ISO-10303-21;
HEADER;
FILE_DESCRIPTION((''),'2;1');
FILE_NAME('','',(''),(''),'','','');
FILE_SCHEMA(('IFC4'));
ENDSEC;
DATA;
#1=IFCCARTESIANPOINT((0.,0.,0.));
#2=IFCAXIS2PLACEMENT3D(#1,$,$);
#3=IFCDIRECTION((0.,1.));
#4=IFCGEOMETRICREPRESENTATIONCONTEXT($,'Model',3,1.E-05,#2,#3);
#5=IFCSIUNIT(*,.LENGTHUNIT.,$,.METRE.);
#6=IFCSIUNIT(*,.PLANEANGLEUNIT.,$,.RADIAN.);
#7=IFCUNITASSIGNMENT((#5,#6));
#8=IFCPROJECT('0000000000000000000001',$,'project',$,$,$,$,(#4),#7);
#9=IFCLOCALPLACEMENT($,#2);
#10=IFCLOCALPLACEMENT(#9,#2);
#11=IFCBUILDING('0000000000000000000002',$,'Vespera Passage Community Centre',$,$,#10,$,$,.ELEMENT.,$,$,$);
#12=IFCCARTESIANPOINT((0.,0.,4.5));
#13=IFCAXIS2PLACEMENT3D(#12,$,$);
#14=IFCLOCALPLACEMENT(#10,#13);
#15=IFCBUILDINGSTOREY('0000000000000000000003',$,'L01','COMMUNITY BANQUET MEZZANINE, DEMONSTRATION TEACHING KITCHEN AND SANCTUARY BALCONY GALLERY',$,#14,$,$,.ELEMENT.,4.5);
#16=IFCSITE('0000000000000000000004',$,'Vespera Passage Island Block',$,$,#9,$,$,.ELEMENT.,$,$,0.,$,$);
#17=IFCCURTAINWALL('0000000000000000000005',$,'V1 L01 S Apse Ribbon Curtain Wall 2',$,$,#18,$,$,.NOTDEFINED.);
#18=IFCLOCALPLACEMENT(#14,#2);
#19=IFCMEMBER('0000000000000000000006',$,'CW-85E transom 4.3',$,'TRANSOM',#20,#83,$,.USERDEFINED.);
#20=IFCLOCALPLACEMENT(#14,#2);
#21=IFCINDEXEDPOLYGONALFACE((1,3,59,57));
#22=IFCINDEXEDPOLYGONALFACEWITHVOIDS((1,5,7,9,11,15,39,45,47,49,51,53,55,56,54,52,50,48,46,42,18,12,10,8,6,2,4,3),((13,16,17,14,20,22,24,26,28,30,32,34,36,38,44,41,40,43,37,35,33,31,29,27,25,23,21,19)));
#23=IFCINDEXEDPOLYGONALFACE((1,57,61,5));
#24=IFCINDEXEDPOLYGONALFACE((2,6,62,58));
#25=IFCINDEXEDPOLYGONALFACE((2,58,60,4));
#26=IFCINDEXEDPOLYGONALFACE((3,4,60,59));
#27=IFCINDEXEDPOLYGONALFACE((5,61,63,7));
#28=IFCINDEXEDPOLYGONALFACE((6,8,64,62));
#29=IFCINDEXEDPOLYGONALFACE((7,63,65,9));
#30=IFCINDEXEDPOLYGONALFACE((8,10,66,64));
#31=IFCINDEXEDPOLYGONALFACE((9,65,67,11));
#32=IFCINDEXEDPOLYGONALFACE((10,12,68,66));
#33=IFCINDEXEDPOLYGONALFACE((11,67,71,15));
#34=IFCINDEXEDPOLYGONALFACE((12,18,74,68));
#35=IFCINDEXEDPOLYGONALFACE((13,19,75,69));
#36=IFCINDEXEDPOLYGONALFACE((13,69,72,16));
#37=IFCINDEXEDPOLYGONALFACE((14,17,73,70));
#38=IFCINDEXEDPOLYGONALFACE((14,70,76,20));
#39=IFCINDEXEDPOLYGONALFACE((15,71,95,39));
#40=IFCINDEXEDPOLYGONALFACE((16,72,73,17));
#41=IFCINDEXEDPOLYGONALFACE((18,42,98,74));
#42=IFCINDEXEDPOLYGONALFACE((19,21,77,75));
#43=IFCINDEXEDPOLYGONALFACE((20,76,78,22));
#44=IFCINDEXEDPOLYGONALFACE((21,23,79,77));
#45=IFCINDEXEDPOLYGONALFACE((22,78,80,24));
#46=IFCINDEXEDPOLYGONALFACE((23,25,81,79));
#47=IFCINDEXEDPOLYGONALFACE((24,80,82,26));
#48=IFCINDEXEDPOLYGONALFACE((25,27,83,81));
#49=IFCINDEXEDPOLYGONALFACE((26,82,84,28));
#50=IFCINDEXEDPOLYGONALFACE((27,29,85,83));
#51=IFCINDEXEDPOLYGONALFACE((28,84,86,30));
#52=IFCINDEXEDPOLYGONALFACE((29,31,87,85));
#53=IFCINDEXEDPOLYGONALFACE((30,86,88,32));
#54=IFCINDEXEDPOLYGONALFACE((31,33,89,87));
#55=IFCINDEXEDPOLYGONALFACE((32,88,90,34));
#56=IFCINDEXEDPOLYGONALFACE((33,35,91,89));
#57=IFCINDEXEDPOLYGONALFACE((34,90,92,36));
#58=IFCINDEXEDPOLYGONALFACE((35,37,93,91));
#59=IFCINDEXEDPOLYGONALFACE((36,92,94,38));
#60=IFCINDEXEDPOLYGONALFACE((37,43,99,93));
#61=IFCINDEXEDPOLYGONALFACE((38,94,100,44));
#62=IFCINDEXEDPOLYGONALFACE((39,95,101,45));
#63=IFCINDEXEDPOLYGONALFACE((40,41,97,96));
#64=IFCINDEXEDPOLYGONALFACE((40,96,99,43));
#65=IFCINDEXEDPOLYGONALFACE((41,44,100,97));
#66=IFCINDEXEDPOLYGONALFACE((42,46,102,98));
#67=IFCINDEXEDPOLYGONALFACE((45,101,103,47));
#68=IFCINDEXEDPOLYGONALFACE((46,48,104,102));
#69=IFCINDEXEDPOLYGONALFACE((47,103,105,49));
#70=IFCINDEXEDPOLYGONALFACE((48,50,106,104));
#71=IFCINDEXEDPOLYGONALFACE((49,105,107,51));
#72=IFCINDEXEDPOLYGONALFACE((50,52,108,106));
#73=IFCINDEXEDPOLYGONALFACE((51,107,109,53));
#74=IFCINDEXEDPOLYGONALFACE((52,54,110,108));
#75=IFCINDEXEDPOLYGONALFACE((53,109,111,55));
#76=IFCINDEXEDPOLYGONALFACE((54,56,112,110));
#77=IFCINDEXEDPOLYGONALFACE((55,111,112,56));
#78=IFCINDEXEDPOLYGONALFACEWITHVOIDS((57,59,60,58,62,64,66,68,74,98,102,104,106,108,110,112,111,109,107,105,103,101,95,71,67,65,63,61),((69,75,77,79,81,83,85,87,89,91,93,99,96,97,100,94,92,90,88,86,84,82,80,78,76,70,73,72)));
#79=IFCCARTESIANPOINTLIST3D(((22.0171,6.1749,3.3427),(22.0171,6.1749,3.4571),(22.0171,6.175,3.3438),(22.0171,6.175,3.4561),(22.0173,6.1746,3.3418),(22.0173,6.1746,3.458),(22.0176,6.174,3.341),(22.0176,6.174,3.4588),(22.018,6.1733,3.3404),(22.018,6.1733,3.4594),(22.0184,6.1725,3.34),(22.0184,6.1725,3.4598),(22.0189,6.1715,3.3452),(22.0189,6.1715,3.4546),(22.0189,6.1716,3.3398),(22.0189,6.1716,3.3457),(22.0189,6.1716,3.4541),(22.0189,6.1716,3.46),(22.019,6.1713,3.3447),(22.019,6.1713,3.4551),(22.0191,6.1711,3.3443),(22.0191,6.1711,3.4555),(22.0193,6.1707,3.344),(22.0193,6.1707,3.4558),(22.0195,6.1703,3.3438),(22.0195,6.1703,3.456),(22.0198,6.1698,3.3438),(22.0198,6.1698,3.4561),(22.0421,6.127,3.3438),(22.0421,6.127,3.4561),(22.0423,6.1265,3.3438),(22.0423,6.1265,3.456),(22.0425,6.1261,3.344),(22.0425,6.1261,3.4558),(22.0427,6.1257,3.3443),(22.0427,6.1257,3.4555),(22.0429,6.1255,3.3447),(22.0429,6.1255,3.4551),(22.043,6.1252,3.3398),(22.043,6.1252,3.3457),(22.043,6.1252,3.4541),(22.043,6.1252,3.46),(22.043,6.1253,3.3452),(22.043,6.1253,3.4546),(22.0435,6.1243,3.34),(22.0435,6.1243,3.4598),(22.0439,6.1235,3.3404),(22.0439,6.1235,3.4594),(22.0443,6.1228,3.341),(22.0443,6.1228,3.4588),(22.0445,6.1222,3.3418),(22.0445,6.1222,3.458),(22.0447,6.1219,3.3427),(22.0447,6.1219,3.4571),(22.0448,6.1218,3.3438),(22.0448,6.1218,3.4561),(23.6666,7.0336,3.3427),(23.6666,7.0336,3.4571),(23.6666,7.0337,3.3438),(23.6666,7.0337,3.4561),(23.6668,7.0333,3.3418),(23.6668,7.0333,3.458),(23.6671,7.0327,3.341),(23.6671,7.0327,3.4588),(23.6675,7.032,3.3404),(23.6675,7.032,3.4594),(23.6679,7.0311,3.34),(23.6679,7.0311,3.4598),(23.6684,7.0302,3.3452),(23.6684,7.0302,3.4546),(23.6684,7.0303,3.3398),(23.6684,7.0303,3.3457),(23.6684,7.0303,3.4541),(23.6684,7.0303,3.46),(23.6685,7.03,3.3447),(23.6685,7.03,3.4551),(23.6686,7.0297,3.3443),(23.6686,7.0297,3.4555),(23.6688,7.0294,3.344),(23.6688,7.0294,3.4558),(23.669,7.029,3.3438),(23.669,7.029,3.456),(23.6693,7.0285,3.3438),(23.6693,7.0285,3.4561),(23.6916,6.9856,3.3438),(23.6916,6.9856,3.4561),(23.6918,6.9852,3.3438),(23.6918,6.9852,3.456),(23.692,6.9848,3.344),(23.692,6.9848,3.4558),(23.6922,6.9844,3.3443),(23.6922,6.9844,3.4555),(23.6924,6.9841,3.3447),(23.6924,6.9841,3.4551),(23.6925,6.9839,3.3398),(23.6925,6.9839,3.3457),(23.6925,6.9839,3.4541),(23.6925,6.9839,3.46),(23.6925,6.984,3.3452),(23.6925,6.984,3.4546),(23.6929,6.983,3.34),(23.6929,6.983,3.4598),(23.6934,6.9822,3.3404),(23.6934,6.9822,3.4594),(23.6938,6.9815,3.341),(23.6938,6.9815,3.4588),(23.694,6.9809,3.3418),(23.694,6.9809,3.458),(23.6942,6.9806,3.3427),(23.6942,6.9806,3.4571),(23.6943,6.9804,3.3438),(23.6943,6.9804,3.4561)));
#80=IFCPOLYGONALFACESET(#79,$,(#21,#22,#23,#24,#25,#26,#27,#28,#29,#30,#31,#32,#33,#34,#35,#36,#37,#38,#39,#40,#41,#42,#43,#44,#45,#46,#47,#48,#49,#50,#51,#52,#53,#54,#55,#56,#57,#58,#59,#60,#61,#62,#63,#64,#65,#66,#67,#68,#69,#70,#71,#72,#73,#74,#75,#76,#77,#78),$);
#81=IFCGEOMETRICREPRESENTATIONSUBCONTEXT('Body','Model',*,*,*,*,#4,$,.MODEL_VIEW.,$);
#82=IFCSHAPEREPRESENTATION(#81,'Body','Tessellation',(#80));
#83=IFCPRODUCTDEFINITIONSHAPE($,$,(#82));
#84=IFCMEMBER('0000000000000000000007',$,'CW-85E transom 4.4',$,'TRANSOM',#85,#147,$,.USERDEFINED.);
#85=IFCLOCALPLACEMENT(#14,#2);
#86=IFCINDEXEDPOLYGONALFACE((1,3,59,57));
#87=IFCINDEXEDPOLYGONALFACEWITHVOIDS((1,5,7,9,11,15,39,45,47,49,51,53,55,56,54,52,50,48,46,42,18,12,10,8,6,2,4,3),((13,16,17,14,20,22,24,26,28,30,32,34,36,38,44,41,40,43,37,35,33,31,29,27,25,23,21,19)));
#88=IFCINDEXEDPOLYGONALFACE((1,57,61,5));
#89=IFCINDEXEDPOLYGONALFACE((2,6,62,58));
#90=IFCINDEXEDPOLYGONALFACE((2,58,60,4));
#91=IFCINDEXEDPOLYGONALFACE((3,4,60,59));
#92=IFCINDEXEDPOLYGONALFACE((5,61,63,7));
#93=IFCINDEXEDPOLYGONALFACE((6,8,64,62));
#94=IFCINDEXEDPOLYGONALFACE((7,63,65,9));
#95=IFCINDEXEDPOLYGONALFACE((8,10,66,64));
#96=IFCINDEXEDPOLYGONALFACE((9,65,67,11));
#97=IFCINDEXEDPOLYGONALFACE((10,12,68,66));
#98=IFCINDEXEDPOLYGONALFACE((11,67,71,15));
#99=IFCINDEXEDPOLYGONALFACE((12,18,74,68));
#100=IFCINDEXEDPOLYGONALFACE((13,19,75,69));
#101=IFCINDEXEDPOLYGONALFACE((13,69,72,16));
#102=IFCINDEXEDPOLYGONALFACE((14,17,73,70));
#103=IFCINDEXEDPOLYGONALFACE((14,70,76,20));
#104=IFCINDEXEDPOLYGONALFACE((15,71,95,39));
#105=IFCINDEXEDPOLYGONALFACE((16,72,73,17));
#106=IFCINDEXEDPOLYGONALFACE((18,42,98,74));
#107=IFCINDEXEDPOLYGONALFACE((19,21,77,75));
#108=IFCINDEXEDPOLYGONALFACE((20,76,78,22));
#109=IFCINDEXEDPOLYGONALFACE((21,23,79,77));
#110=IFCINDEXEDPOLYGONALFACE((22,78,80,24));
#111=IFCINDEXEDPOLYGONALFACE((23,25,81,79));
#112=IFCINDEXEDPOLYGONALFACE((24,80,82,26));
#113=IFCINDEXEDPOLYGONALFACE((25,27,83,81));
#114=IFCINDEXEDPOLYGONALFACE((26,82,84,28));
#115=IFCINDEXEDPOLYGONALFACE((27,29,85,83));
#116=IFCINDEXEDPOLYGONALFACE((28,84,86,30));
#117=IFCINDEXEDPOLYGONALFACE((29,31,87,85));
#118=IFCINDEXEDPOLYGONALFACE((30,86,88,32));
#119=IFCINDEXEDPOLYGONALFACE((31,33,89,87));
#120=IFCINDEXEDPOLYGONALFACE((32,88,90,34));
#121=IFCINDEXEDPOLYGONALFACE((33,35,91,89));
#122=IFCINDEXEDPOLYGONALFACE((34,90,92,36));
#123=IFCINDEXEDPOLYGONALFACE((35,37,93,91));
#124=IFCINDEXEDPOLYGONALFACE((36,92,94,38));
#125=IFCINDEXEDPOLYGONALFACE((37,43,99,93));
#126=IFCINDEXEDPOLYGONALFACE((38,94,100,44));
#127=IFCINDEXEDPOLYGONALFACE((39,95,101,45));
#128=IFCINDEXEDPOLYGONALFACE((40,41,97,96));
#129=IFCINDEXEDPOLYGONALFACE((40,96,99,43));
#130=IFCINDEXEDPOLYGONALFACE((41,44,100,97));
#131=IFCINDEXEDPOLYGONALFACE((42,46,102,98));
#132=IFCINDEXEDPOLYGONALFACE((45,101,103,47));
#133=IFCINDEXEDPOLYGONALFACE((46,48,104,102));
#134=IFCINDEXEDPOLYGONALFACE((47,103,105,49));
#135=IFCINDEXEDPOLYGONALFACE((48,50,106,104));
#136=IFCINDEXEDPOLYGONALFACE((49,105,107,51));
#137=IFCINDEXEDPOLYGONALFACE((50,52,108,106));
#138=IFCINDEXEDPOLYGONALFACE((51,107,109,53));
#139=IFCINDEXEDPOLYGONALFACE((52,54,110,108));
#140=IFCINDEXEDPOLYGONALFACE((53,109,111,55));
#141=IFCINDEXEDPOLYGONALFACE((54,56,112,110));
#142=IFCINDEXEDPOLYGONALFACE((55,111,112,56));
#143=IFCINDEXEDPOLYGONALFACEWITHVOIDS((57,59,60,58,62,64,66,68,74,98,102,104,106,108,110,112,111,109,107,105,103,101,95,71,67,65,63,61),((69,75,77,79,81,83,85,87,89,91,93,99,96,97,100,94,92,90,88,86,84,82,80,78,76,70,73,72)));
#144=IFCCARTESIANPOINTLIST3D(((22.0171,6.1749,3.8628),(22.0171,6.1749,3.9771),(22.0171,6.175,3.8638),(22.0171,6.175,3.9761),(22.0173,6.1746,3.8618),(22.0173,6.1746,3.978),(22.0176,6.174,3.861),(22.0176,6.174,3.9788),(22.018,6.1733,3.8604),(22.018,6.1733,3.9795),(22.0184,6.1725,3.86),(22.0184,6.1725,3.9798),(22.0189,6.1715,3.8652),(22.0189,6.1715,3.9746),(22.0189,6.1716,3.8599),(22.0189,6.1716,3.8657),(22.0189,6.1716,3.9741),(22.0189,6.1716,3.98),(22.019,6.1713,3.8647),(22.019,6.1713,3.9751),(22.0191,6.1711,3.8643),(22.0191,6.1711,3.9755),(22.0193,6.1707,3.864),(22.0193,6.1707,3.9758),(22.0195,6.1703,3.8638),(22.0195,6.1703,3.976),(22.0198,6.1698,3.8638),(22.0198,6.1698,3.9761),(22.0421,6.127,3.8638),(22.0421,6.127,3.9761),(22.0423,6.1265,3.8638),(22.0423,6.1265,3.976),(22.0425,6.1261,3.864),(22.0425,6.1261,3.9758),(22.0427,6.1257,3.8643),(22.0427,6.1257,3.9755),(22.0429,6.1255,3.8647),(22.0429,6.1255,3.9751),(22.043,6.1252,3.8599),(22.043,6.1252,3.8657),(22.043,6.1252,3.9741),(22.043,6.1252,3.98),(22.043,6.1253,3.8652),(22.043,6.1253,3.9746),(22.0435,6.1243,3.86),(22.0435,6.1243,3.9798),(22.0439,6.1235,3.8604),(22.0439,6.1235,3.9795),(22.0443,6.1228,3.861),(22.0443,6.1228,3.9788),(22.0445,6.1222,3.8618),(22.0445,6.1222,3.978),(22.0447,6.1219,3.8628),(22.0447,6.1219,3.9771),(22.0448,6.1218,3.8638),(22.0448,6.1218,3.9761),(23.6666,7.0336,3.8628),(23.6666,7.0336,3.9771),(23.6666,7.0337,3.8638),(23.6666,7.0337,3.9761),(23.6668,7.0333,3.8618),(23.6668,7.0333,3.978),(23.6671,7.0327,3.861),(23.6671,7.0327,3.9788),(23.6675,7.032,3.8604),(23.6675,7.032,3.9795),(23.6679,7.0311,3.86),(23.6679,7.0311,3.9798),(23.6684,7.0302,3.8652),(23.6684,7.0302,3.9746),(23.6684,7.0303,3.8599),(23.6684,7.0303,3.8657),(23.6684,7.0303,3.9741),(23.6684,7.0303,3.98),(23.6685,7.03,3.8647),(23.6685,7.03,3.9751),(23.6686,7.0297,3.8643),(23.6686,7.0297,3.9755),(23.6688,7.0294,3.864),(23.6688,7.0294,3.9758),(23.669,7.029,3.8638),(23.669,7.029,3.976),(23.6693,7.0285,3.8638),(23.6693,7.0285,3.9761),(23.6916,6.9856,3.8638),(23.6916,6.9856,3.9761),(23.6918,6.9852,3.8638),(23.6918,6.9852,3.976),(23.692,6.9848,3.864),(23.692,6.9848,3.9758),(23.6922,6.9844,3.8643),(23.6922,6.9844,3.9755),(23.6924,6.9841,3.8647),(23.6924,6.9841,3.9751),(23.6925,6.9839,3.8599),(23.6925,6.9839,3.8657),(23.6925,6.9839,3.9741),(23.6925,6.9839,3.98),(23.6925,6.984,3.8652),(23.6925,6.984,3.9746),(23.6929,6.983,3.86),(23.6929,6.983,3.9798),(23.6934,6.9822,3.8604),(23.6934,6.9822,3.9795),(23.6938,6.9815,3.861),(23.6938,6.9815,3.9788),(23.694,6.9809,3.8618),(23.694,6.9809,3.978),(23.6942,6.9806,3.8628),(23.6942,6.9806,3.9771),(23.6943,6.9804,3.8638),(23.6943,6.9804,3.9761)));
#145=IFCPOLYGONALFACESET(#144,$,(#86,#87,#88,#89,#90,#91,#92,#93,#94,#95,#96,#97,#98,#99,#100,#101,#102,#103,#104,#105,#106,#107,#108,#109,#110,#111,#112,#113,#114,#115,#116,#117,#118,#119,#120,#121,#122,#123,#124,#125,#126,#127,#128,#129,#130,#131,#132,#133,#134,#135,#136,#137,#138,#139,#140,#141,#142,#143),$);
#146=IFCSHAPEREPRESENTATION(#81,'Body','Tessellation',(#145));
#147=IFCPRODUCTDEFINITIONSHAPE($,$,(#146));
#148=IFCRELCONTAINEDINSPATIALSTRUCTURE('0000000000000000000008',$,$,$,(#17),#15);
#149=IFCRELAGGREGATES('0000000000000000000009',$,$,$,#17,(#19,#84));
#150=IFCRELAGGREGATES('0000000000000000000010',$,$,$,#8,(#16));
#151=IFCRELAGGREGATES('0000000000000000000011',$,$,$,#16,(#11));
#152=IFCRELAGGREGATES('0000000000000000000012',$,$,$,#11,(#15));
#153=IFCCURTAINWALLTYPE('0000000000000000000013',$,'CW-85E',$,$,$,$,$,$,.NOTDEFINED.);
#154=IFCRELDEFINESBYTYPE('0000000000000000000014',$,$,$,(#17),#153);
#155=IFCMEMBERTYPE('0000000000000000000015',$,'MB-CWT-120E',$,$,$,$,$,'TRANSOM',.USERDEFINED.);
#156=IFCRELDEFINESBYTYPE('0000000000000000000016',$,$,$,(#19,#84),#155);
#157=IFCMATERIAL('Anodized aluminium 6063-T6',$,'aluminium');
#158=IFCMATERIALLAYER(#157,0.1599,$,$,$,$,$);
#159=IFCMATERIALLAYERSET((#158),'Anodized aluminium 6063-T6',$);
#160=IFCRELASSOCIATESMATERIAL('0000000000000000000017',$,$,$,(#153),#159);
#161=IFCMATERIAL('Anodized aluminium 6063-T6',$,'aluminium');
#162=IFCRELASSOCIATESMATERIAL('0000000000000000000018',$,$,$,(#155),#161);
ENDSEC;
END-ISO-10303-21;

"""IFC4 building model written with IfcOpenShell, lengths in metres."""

from ifc_helpers import new_model, si_unit, direction, frame, origin, origin_2d, place, context, subcontext, project, spatial, hollow_rectangle, extrude, material, layer, layer_set, material_profile, profile_set, type_object, element, aggregate, save


model = new_model("IFC4")

# Units and contexts
model_context = context("Model", 3, precision=1e-05, world=origin(), true_north=direction((0.0, 1.0)))
body_context = subcontext(model_context, "Body", "Model", "MODEL_VIEW")
ifc_project = project(units=[si_unit("LENGTHUNIT", "METRE"), si_unit("PLANEANGLEUNIT", "RADIAN")], contexts=[model_context])

# Site, building, storey
site_placement = place(None, origin())
site = spatial("IfcSite", under=ifc_project, at=site_placement, Name="Vespera Passage Island Block", CompositionType="ELEMENT", RefElevation=0.0)
building_placement = place(site_placement, origin())
building = spatial("IfcBuilding", under=site, at=building_placement, Name="Vespera Passage Community Centre", CompositionType="ELEMENT")
storey_placement = place(building_placement, frame((0.0, 0.0, 4.5)))
storey = spatial("IfcBuildingStorey", under=building, at=storey_placement, Name="L01", Description="COMMUNITY BANQUET MEZZANINE, DEMONSTRATION TEACHING KITCHEN AND SANCTUARY BALCONY GALLERY", CompositionType="ELEMENT", Elevation=4.5)

# Curtain wall, members
ifc_material_1 = material(Name="Anodized aluminium 6063-T6", Category="aluminium")
ifc_layer_1 = layer(ifc_material_1, 0.1599)
ifc_layer_set_1 = layer_set([ifc_layer_1], Name="Anodized aluminium 6063-T6")
curtain_wall_type = type_object("IfcCurtainWallType", Name="CW-85E", PredefinedType="NOTDEFINED", material=ifc_layer_set_1)
curtain_wall_placement = place(storey_placement, origin())
curtain_wall = element("IfcCurtainWall", 1, at=curtain_wall_placement, inside=storey, type_object=curtain_wall_type, Name="V1 L01 S Apse Ribbon Curtain Wall 2", PredefinedType="NOTDEFINED")
ifc_material_2 = material(Name="Anodized aluminium 6063-T6", Category="aluminium")
ifc_material_profile_1 = material_profile(ifc_material_2, hollow_rectangle(XDim=0.0601, YDim=0.1201, WallThickness=0.0039, InnerFilletRadius=0.002, OuterFilletRadius=0.0039, at=origin_2d()), Name="ALU120X60X4")
ifc_profile_set_1 = profile_set([ifc_material_profile_1], Name="Anodized aluminium 6063-T6")
member_type_1 = type_object("IfcMemberType", Name="MB-CWT-120E", ElementType="TRANSOM", PredefinedType="USERDEFINED", material=ifc_profile_set_1)
member_1_placement = place(storey_placement, frame((23.6804, 7.0071, 3.3999), z_axis=(-0.887008, -0.461754, 0.0), x_axis=(0.461754, -0.887008, 0.0)))
member_1 = element("IfcMember", 2, at=member_1_placement, type_object=member_type_1, Name="CW-85E transom 4.3", ObjectType="TRANSOM", PredefinedType="USERDEFINED", context=body_context, shape_type="SweptSolid", body=[
    extrude(hollow_rectangle(XDim=0.0601, YDim=0.1201, WallThickness=0.0039, InnerFilletRadius=0.002, OuterFilletRadius=0.0039, at=origin_2d()), origin(), (0.0, 0.0, 1.0), 1.8596),
])
member_2_placement = place(storey_placement, frame((23.6804, 7.0071, 3.9199), z_axis=(-0.887008, -0.461754, 0.0), x_axis=(0.461754, -0.887008, 0.0)))
member_2 = element("IfcMember", 3, at=member_2_placement, type_object=member_type_1, Name="CW-85E transom 4.4", ObjectType="TRANSOM", PredefinedType="USERDEFINED", context=body_context, shape_type="SweptSolid", body=[
    extrude(hollow_rectangle(XDim=0.0601, YDim=0.1201, WallThickness=0.0039, InnerFilletRadius=0.002, OuterFilletRadius=0.0039, at=origin_2d()), origin(), (0.0, 0.0, 1.0), 1.8596),
])
aggregate(curtain_wall, [member_1, member_2])

save(model, "model.ifc")
